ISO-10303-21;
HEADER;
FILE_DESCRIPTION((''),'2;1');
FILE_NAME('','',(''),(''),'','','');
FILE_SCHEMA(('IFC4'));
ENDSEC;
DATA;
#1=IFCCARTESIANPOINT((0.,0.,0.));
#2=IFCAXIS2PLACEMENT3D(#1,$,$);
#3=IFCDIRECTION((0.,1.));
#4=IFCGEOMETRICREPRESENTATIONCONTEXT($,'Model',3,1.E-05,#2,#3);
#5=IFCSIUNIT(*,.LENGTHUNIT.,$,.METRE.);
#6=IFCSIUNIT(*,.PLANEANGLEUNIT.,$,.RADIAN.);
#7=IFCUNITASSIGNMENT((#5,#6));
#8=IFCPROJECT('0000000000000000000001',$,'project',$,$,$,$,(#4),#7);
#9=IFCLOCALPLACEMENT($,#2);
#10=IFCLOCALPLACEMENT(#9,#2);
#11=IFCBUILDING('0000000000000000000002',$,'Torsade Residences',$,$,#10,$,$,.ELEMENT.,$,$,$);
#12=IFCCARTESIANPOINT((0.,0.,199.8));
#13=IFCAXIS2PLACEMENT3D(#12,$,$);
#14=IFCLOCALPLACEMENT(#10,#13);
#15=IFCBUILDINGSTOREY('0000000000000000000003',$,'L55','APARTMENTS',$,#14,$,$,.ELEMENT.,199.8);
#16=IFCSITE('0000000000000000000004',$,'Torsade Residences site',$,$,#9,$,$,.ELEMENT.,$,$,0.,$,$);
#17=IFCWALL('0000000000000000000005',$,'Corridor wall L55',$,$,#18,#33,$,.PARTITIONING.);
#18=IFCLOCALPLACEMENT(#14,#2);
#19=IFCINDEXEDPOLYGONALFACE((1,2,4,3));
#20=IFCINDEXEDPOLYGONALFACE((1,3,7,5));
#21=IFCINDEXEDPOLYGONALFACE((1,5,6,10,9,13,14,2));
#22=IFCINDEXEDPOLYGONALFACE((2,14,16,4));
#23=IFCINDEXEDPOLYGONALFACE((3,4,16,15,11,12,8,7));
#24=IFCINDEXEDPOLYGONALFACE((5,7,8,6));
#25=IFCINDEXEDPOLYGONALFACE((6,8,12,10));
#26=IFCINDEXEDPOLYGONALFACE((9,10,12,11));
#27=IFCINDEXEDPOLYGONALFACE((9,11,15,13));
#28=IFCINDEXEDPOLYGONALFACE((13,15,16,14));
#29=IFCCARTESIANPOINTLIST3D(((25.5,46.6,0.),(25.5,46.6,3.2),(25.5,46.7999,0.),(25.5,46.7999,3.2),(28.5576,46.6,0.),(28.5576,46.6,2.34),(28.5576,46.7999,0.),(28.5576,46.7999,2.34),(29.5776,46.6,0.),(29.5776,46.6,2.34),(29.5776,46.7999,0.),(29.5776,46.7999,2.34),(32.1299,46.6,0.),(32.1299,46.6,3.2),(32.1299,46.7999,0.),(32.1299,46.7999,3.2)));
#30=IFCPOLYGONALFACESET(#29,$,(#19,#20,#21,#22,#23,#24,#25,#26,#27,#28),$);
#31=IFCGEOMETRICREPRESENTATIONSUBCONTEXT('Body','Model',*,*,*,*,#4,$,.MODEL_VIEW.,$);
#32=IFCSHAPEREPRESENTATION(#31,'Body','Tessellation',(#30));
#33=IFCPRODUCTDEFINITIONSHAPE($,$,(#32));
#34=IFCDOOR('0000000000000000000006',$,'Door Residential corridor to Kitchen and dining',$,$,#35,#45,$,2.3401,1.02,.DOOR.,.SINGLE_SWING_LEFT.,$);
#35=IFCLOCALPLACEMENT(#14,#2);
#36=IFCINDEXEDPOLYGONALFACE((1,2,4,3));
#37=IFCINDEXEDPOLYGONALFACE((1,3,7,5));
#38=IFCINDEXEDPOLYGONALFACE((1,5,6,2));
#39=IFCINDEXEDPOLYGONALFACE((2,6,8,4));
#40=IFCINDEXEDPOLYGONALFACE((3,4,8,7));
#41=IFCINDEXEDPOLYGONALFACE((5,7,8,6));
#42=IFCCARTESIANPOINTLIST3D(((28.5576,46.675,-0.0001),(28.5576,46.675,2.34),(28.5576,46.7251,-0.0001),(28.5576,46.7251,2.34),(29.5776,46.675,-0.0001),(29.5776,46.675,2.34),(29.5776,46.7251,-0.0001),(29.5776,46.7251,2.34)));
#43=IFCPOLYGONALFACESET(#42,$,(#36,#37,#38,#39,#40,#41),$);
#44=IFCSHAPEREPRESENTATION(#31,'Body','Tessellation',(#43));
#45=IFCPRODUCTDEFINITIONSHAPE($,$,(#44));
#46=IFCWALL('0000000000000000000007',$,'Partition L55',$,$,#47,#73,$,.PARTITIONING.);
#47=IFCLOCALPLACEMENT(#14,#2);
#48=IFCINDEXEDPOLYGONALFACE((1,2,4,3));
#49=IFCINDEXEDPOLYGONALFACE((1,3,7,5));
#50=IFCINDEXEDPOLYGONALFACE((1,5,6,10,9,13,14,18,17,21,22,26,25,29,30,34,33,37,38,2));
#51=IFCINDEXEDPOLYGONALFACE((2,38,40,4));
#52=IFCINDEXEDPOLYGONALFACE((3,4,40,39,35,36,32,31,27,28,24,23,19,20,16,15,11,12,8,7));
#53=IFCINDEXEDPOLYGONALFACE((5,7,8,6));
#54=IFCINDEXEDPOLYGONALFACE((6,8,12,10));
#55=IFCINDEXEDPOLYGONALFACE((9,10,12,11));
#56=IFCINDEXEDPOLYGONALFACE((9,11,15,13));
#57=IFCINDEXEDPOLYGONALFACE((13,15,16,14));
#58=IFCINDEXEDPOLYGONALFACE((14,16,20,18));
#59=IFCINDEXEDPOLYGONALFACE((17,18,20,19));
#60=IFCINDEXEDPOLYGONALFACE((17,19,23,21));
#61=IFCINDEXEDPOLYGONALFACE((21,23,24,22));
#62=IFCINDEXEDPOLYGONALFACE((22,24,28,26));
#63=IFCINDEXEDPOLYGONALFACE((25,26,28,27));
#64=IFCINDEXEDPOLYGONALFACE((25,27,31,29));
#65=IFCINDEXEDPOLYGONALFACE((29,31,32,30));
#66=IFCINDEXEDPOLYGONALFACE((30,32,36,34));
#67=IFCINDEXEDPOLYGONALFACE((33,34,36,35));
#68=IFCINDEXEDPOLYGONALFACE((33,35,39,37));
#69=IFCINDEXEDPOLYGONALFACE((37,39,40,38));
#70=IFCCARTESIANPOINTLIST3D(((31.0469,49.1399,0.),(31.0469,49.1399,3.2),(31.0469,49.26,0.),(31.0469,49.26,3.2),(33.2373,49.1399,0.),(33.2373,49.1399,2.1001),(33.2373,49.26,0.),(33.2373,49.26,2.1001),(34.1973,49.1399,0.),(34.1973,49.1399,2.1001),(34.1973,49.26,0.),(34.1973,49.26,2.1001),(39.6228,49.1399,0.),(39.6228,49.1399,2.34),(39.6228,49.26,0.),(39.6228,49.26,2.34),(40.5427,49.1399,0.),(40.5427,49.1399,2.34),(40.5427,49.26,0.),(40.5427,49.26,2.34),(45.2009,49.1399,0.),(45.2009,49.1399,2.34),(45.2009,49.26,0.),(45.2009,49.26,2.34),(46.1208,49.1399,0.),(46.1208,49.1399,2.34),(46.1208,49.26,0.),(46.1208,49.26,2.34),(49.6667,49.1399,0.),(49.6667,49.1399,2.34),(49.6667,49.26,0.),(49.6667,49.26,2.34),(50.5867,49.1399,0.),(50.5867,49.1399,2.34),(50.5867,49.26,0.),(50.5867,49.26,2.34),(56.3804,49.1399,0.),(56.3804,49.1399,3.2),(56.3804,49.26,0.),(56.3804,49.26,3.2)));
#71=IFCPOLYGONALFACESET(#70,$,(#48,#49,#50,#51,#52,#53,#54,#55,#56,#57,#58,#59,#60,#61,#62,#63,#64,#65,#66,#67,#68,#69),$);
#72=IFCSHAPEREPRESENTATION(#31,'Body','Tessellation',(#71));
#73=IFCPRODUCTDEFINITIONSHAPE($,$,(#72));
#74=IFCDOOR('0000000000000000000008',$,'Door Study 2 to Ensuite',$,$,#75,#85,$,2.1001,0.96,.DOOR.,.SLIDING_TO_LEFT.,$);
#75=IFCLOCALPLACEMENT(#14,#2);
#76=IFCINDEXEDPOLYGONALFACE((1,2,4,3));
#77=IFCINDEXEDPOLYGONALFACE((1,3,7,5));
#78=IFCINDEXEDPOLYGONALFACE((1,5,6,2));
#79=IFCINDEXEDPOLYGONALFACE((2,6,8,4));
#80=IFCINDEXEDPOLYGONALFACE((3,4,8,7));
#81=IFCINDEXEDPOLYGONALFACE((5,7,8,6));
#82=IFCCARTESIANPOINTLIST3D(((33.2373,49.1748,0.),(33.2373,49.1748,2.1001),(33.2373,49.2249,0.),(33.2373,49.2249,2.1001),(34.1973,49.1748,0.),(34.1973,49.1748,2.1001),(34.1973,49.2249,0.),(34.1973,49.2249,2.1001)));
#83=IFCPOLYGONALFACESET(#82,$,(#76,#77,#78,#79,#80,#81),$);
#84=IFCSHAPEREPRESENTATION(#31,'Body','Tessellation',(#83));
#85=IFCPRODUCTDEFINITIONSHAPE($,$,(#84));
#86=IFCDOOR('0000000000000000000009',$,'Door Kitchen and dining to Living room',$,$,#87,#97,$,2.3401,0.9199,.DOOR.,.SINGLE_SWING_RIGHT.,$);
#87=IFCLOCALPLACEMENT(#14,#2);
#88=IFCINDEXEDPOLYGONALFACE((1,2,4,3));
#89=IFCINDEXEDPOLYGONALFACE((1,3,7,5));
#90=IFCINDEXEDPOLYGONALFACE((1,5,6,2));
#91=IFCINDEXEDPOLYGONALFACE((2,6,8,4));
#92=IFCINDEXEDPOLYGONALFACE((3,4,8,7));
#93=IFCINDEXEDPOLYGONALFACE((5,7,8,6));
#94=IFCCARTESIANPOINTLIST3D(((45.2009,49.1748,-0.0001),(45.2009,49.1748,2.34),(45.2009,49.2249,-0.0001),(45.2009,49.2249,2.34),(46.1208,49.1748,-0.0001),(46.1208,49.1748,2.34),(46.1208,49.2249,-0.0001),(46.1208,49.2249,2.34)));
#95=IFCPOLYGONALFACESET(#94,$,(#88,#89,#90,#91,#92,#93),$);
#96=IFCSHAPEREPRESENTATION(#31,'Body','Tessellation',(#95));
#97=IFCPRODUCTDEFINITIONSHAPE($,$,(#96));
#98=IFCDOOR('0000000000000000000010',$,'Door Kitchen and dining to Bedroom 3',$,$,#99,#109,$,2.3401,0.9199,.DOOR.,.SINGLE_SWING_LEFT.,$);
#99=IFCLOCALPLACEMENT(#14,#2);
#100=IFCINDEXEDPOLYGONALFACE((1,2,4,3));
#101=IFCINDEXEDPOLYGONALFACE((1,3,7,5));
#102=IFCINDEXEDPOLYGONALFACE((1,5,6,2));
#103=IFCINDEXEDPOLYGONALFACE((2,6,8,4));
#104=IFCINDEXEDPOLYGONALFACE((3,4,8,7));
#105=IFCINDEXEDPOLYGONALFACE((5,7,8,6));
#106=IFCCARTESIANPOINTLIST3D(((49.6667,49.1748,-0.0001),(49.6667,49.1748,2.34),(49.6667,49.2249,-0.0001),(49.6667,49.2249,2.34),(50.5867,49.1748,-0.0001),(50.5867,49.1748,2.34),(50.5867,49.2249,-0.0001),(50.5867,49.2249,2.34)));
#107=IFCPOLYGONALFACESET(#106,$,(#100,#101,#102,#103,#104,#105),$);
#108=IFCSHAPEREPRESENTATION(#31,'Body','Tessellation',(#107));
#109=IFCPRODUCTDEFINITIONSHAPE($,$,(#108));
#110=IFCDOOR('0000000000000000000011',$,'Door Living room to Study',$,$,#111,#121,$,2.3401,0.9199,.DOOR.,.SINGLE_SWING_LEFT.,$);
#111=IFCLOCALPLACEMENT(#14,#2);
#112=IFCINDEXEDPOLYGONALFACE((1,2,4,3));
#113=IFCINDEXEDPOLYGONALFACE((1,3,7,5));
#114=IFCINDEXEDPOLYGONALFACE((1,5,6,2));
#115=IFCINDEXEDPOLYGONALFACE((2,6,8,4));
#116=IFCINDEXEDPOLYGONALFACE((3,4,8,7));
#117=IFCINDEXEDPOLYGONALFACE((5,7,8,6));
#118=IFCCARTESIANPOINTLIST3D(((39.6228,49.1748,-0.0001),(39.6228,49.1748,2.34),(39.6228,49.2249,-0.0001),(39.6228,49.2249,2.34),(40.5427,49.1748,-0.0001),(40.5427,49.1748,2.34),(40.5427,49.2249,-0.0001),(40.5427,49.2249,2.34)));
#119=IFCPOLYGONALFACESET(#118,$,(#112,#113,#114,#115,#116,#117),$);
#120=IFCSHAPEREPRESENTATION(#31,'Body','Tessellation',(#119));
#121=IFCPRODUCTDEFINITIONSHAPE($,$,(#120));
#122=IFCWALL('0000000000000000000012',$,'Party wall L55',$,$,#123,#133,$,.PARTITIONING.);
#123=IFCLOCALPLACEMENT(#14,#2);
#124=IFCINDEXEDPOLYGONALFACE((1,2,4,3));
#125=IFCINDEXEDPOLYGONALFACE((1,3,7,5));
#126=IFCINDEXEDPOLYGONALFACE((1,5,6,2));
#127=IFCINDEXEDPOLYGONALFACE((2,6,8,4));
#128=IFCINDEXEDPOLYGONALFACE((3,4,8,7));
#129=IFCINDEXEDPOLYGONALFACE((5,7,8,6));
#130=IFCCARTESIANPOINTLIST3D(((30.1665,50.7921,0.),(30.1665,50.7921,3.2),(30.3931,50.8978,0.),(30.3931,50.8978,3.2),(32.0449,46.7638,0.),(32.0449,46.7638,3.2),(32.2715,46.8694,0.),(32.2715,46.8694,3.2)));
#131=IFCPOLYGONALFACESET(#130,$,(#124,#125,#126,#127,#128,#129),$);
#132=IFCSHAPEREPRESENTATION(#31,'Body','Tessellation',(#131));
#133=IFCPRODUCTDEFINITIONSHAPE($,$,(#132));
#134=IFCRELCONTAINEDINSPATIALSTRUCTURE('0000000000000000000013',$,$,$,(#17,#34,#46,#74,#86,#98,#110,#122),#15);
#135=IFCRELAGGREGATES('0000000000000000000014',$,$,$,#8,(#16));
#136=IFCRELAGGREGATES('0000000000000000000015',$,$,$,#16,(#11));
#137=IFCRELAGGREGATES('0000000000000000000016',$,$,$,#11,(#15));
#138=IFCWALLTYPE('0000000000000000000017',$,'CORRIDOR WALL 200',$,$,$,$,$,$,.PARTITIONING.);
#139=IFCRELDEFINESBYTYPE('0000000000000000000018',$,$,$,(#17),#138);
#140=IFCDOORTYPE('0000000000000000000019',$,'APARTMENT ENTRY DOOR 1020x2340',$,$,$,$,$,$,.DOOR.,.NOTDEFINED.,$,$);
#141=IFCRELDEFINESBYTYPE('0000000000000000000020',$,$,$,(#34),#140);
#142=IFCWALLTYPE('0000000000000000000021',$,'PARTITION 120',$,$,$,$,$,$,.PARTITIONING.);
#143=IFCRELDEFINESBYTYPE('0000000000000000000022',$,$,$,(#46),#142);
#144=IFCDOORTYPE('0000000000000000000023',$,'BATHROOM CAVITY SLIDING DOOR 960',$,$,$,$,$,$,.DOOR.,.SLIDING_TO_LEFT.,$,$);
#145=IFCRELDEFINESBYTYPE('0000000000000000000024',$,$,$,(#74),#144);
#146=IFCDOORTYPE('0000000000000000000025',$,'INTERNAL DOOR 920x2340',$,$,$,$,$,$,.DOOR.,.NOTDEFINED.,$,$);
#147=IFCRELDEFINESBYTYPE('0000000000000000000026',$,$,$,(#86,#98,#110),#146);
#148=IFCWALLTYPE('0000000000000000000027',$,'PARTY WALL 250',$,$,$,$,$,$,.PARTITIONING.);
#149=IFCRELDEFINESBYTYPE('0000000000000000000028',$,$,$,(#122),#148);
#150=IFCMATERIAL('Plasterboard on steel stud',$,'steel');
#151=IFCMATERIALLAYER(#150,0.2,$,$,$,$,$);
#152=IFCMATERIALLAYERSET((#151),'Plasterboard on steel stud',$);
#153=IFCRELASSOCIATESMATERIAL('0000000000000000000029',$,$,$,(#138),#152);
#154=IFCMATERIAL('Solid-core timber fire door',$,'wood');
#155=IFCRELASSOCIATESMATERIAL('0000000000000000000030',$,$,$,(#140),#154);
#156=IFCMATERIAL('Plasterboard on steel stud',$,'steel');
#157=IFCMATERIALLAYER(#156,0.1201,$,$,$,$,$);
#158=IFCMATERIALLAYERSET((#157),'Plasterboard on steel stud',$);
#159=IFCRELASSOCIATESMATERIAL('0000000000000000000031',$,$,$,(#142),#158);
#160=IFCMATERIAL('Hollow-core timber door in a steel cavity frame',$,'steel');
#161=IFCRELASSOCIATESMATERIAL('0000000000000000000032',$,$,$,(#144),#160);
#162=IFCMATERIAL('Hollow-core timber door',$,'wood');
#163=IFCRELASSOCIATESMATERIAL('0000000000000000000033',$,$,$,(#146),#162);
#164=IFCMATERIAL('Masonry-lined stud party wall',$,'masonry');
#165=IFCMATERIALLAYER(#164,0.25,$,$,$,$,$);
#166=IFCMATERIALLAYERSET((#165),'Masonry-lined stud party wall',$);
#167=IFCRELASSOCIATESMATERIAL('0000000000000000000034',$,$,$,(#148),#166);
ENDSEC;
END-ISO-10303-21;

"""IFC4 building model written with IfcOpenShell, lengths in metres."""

from ifc_helpers import new_model, si_unit, direction, frame, frame_2d, origin, place, context, subcontext, project, spatial, rectangle, extrude, material, layer, layer_set, type_object, element, fill, save


model = new_model("IFC4")

# Units and contexts
model_context = context("Model", 3, precision=1e-05, world=origin(), true_north=direction((0.0, 1.0)))
body_context = subcontext(model_context, "Body", "Model", "MODEL_VIEW")
ifc_project = project(units=[si_unit("LENGTHUNIT", "METRE"), si_unit("PLANEANGLEUNIT", "RADIAN")], contexts=[model_context])

# Site, building, storey
site_placement = place(None, origin())
site = spatial("IfcSite", under=ifc_project, at=site_placement, Name="Torsade Residences site", CompositionType="ELEMENT", RefElevation=0.0)
building_placement = place(site_placement, origin())
building = spatial("IfcBuilding", under=site, at=building_placement, Name="Torsade Residences", CompositionType="ELEMENT")
storey_placement = place(building_placement, frame((0.0, 0.0, 199.8)))
storey = spatial("IfcBuildingStorey", under=building, at=storey_placement, Name="L55", Description="APARTMENTS", CompositionType="ELEMENT", Elevation=199.8)

# Shared definitions
ifc_material_1 = material(Name="Plasterboard on steel stud", Category="steel")
ifc_layer_1 = layer(ifc_material_1, 0.2)
ifc_layer_set_1 = layer_set([ifc_layer_1], Name="Plasterboard on steel stud")
wall_type_1 = type_object("IfcWallType", Name="CORRIDOR WALL 200", PredefinedType="PARTITIONING", material=ifc_layer_set_1)

# Wall, opening, door
wall_1_placement = place(storey_placement, frame((32.1299, 46.7, 0.0), z_axis=(0.0, 0.0, 1.0), x_axis=(-1.0, 0.0, 0.0)))
wall_1 = element("IfcWall", 1, at=wall_1_placement, inside=storey, type_object=wall_type_1, Name="Corridor wall L55", PredefinedType="PARTITIONING", context=body_context, shape_type="SweptSolid", body=[
    extrude(rectangle(XDim=6.6299, YDim=0.2, at=frame_2d((3.3149, 0.0))), origin(), (0.0, 0.0, 1.0), 3.2),
])
opening_1_placement = place(wall_1_placement, frame((2.5522, 0.0, 0.0)))
opening_1 = element("IfcOpeningElement", 2, at=opening_1_placement, cuts=wall_1, PredefinedType="OPENING", context=body_context, shape_type="SweptSolid", body=[
    extrude(rectangle(XDim=1.02, YDim=2.3401, at=frame_2d((0.51, 1.1699))), frame((0.0, 0.1099, 0.0), z_axis=(0.0, -1.0, 0.0), x_axis=(1.0, 0.0, 0.0)), (0.0, 0.0, 1.0), 0.22),
])
ifc_material_2 = material(Name="Solid-core timber fire door", Category="wood")
door_type_1 = type_object("IfcDoorType", Name="APARTMENT ENTRY DOOR 1020x2340", OperationType="NOTDEFINED", PredefinedType="DOOR", material=ifc_material_2)
door_1_placement = place(opening_1_placement, origin())
door_1 = element("IfcDoor", 3, at=door_1_placement, inside=storey, type_object=door_type_1, Name="Door Residential corridor to Kitchen and dining", OperationType="SINGLE_SWING_LEFT", OverallHeight=2.3401, OverallWidth=1.02, PredefinedType="DOOR", context=body_context, shape_type="SweptSolid", body=[
    extrude(rectangle(XDim=1.02, YDim=2.3401, at=frame_2d((0.51, 1.1699))), frame((0.0, 0.0249, 0.0), z_axis=(0.0, -1.0, 0.0), x_axis=(1.0, 0.0, 0.0)), (0.0, 0.0, 1.0), 0.05),
])
fill(opening_1, door_1)

# Wall, openings, doors
ifc_material_3 = material(Name="Plasterboard on steel stud", Category="steel")
ifc_layer_2 = layer(ifc_material_3, 0.1201)
ifc_layer_set_2 = layer_set([ifc_layer_2], Name="Plasterboard on steel stud")
wall_type_2 = type_object("IfcWallType", Name="PARTITION 120", PredefinedType="PARTITIONING", material=ifc_layer_set_2)
wall_2_placement = place(storey_placement, frame((31.0469, 49.2, 0.0), z_axis=(0.0, 0.0, 1.0), x_axis=(1.0, 0.0, 0.0)))
wall_2 = element("IfcWall", 4, at=wall_2_placement, inside=storey, type_object=wall_type_2, Name="Partition L55", PredefinedType="PARTITIONING", context=body_context, shape_type="SweptSolid", body=[
    extrude(rectangle(XDim=25.3335, YDim=0.1201, at=frame_2d((12.6667, 0.0))), origin(), (0.0, 0.0, 1.0), 3.2),
])
opening_2_placement = place(wall_2_placement, frame((14.1541, 0.0, 0.0)))
opening_2 = element("IfcOpeningElement", 5, at=opening_2_placement, cuts=wall_2, PredefinedType="OPENING", context=body_context, shape_type="SweptSolid", body=[
    extrude(rectangle(XDim=0.9199, YDim=2.3401, at=frame_2d((0.46, 1.1699))), frame((0.0, 0.0701, 0.0), z_axis=(0.0, -1.0, 0.0), x_axis=(1.0, 0.0, 0.0)), (0.0, 0.0, 1.0), 0.1401),
])
opening_3_placement = place(wall_2_placement, frame((18.6199, 0.0, 0.0)))
opening_3 = element("IfcOpeningElement", 6, at=opening_3_placement, cuts=wall_2, PredefinedType="OPENING", context=body_context, shape_type="SweptSolid", body=[
    extrude(rectangle(XDim=0.9199, YDim=2.3401, at=frame_2d((0.46, 1.1699))), frame((0.0, 0.0701, 0.0), z_axis=(0.0, -1.0, 0.0), x_axis=(1.0, 0.0, 0.0)), (0.0, 0.0, 1.0), 0.1401),
])
opening_4_placement = place(wall_2_placement, frame((8.5759, 0.0, 0.0)))
opening_4 = element("IfcOpeningElement", 7, at=opening_4_placement, cuts=wall_2, PredefinedType="OPENING", context=body_context, shape_type="SweptSolid", body=[
    extrude(rectangle(XDim=0.9199, YDim=2.3401, at=frame_2d((0.46, 1.1699))), frame((0.0, 0.0701, 0.0), z_axis=(0.0, -1.0, 0.0), x_axis=(1.0, 0.0, 0.0)), (0.0, 0.0, 1.0), 0.1401),
])
opening_5_placement = place(wall_2_placement, frame((2.1904, 0.0, 0.0)))
opening_5 = element("IfcOpeningElement", 8, at=opening_5_placement, cuts=wall_2, PredefinedType="OPENING", context=body_context, shape_type="SweptSolid", body=[
    extrude(rectangle(XDim=0.96, YDim=2.1001, at=frame_2d((0.48, 1.05))), frame((0.0, 0.0701, 0.0), z_axis=(0.0, -1.0, 0.0), x_axis=(1.0, 0.0, 0.0)), (0.0, 0.0, 1.0), 0.1401),
])
ifc_material_4 = material(Name="Hollow-core timber door in a steel cavity frame", Category="steel")
door_type_2 = type_object("IfcDoorType", Name="BATHROOM CAVITY SLIDING DOOR 960", OperationType="SLIDING_TO_LEFT", PredefinedType="DOOR", material=ifc_material_4)
door_2_placement = place(opening_5_placement, origin())
door_2 = element("IfcDoor", 9, at=door_2_placement, inside=storey, type_object=door_type_2, Name="Door Study 2 to Ensuite", OperationType="SLIDING_TO_LEFT", OverallHeight=2.1001, OverallWidth=0.96, PredefinedType="DOOR", context=body_context, shape_type="SweptSolid", body=[
    extrude(rectangle(XDim=0.96, YDim=2.1001, at=frame_2d((0.48, 1.05))), frame((0.0, 0.0249, 0.0), z_axis=(0.0, -1.0, 0.0), x_axis=(1.0, 0.0, 0.0)), (0.0, 0.0, 1.0), 0.05),
])
fill(opening_5, door_2)
ifc_material_5 = material(Name="Hollow-core timber door", Category="wood")
door_type_3 = type_object("IfcDoorType", Name="INTERNAL DOOR 920x2340", OperationType="NOTDEFINED", PredefinedType="DOOR", material=ifc_material_5)
door_3_placement = place(opening_2_placement, origin())
door_3 = element("IfcDoor", 10, at=door_3_placement, inside=storey, type_object=door_type_3, Name="Door Kitchen and dining to Living room", OperationType="SINGLE_SWING_RIGHT", OverallHeight=2.3401, OverallWidth=0.9199, PredefinedType="DOOR", context=body_context, shape_type="SweptSolid", body=[
    extrude(rectangle(XDim=0.9199, YDim=2.3401, at=frame_2d((0.46, 1.1699))), frame((0.0, 0.0249, 0.0), z_axis=(0.0, -1.0, 0.0), x_axis=(1.0, 0.0, 0.0)), (0.0, 0.0, 1.0), 0.05),
])
fill(opening_2, door_3)
door_4_placement = place(opening_3_placement, origin())
door_4 = element("IfcDoor", 11, at=door_4_placement, inside=storey, type_object=door_type_3, Name="Door Kitchen and dining to Bedroom 3", OperationType="SINGLE_SWING_LEFT", OverallHeight=2.3401, OverallWidth=0.9199, PredefinedType="DOOR", context=body_context, shape_type="SweptSolid", body=[
    extrude(rectangle(XDim=0.9199, YDim=2.3401, at=frame_2d((0.46, 1.1699))), frame((0.0, 0.0249, 0.0), z_axis=(0.0, -1.0, 0.0), x_axis=(1.0, 0.0, 0.0)), (0.0, 0.0, 1.0), 0.05),
])
fill(opening_3, door_4)
door_5_placement = place(opening_4_placement, origin())
door_5 = element("IfcDoor", 12, at=door_5_placement, inside=storey, type_object=door_type_3, Name="Door Living room to Study", OperationType="SINGLE_SWING_LEFT", OverallHeight=2.3401, OverallWidth=0.9199, PredefinedType="DOOR", context=body_context, shape_type="SweptSolid", body=[
    extrude(rectangle(XDim=0.9199, YDim=2.3401, at=frame_2d((0.46, 1.1699))), frame((0.0, 0.0249, 0.0), z_axis=(0.0, -1.0, 0.0), x_axis=(1.0, 0.0, 0.0)), (0.0, 0.0, 1.0), 0.05),
])
fill(opening_4, door_5)

# Wall
ifc_material_6 = material(Name="Masonry-lined stud party wall", Category="masonry")
ifc_layer_3 = layer(ifc_material_6, 0.25)
ifc_layer_set_3 = layer_set([ifc_layer_3], Name="Masonry-lined stud party wall")
wall_type_3 = type_object("IfcWallType", Name="PARTY WALL 250", PredefinedType="PARTITIONING", material=ifc_layer_set_3)
wall_3_placement = place(storey_placement, frame((30.2798, 50.845, 0.0), z_axis=(0.0, 0.0, 1.0), x_axis=(0.422615, -0.906309, 0.0)))
element("IfcWall", 13, at=wall_3_placement, inside=storey, type_object=wall_type_3, Name="Party wall L55", PredefinedType="PARTITIONING", context=body_context, shape_type="SweptSolid", body=[
    extrude(rectangle(XDim=4.4448, YDim=0.25, at=frame_2d((2.2224, 0.0))), origin(), (0.0, 0.0, 1.0), 3.2),
])

save(model, "model.ifc")
